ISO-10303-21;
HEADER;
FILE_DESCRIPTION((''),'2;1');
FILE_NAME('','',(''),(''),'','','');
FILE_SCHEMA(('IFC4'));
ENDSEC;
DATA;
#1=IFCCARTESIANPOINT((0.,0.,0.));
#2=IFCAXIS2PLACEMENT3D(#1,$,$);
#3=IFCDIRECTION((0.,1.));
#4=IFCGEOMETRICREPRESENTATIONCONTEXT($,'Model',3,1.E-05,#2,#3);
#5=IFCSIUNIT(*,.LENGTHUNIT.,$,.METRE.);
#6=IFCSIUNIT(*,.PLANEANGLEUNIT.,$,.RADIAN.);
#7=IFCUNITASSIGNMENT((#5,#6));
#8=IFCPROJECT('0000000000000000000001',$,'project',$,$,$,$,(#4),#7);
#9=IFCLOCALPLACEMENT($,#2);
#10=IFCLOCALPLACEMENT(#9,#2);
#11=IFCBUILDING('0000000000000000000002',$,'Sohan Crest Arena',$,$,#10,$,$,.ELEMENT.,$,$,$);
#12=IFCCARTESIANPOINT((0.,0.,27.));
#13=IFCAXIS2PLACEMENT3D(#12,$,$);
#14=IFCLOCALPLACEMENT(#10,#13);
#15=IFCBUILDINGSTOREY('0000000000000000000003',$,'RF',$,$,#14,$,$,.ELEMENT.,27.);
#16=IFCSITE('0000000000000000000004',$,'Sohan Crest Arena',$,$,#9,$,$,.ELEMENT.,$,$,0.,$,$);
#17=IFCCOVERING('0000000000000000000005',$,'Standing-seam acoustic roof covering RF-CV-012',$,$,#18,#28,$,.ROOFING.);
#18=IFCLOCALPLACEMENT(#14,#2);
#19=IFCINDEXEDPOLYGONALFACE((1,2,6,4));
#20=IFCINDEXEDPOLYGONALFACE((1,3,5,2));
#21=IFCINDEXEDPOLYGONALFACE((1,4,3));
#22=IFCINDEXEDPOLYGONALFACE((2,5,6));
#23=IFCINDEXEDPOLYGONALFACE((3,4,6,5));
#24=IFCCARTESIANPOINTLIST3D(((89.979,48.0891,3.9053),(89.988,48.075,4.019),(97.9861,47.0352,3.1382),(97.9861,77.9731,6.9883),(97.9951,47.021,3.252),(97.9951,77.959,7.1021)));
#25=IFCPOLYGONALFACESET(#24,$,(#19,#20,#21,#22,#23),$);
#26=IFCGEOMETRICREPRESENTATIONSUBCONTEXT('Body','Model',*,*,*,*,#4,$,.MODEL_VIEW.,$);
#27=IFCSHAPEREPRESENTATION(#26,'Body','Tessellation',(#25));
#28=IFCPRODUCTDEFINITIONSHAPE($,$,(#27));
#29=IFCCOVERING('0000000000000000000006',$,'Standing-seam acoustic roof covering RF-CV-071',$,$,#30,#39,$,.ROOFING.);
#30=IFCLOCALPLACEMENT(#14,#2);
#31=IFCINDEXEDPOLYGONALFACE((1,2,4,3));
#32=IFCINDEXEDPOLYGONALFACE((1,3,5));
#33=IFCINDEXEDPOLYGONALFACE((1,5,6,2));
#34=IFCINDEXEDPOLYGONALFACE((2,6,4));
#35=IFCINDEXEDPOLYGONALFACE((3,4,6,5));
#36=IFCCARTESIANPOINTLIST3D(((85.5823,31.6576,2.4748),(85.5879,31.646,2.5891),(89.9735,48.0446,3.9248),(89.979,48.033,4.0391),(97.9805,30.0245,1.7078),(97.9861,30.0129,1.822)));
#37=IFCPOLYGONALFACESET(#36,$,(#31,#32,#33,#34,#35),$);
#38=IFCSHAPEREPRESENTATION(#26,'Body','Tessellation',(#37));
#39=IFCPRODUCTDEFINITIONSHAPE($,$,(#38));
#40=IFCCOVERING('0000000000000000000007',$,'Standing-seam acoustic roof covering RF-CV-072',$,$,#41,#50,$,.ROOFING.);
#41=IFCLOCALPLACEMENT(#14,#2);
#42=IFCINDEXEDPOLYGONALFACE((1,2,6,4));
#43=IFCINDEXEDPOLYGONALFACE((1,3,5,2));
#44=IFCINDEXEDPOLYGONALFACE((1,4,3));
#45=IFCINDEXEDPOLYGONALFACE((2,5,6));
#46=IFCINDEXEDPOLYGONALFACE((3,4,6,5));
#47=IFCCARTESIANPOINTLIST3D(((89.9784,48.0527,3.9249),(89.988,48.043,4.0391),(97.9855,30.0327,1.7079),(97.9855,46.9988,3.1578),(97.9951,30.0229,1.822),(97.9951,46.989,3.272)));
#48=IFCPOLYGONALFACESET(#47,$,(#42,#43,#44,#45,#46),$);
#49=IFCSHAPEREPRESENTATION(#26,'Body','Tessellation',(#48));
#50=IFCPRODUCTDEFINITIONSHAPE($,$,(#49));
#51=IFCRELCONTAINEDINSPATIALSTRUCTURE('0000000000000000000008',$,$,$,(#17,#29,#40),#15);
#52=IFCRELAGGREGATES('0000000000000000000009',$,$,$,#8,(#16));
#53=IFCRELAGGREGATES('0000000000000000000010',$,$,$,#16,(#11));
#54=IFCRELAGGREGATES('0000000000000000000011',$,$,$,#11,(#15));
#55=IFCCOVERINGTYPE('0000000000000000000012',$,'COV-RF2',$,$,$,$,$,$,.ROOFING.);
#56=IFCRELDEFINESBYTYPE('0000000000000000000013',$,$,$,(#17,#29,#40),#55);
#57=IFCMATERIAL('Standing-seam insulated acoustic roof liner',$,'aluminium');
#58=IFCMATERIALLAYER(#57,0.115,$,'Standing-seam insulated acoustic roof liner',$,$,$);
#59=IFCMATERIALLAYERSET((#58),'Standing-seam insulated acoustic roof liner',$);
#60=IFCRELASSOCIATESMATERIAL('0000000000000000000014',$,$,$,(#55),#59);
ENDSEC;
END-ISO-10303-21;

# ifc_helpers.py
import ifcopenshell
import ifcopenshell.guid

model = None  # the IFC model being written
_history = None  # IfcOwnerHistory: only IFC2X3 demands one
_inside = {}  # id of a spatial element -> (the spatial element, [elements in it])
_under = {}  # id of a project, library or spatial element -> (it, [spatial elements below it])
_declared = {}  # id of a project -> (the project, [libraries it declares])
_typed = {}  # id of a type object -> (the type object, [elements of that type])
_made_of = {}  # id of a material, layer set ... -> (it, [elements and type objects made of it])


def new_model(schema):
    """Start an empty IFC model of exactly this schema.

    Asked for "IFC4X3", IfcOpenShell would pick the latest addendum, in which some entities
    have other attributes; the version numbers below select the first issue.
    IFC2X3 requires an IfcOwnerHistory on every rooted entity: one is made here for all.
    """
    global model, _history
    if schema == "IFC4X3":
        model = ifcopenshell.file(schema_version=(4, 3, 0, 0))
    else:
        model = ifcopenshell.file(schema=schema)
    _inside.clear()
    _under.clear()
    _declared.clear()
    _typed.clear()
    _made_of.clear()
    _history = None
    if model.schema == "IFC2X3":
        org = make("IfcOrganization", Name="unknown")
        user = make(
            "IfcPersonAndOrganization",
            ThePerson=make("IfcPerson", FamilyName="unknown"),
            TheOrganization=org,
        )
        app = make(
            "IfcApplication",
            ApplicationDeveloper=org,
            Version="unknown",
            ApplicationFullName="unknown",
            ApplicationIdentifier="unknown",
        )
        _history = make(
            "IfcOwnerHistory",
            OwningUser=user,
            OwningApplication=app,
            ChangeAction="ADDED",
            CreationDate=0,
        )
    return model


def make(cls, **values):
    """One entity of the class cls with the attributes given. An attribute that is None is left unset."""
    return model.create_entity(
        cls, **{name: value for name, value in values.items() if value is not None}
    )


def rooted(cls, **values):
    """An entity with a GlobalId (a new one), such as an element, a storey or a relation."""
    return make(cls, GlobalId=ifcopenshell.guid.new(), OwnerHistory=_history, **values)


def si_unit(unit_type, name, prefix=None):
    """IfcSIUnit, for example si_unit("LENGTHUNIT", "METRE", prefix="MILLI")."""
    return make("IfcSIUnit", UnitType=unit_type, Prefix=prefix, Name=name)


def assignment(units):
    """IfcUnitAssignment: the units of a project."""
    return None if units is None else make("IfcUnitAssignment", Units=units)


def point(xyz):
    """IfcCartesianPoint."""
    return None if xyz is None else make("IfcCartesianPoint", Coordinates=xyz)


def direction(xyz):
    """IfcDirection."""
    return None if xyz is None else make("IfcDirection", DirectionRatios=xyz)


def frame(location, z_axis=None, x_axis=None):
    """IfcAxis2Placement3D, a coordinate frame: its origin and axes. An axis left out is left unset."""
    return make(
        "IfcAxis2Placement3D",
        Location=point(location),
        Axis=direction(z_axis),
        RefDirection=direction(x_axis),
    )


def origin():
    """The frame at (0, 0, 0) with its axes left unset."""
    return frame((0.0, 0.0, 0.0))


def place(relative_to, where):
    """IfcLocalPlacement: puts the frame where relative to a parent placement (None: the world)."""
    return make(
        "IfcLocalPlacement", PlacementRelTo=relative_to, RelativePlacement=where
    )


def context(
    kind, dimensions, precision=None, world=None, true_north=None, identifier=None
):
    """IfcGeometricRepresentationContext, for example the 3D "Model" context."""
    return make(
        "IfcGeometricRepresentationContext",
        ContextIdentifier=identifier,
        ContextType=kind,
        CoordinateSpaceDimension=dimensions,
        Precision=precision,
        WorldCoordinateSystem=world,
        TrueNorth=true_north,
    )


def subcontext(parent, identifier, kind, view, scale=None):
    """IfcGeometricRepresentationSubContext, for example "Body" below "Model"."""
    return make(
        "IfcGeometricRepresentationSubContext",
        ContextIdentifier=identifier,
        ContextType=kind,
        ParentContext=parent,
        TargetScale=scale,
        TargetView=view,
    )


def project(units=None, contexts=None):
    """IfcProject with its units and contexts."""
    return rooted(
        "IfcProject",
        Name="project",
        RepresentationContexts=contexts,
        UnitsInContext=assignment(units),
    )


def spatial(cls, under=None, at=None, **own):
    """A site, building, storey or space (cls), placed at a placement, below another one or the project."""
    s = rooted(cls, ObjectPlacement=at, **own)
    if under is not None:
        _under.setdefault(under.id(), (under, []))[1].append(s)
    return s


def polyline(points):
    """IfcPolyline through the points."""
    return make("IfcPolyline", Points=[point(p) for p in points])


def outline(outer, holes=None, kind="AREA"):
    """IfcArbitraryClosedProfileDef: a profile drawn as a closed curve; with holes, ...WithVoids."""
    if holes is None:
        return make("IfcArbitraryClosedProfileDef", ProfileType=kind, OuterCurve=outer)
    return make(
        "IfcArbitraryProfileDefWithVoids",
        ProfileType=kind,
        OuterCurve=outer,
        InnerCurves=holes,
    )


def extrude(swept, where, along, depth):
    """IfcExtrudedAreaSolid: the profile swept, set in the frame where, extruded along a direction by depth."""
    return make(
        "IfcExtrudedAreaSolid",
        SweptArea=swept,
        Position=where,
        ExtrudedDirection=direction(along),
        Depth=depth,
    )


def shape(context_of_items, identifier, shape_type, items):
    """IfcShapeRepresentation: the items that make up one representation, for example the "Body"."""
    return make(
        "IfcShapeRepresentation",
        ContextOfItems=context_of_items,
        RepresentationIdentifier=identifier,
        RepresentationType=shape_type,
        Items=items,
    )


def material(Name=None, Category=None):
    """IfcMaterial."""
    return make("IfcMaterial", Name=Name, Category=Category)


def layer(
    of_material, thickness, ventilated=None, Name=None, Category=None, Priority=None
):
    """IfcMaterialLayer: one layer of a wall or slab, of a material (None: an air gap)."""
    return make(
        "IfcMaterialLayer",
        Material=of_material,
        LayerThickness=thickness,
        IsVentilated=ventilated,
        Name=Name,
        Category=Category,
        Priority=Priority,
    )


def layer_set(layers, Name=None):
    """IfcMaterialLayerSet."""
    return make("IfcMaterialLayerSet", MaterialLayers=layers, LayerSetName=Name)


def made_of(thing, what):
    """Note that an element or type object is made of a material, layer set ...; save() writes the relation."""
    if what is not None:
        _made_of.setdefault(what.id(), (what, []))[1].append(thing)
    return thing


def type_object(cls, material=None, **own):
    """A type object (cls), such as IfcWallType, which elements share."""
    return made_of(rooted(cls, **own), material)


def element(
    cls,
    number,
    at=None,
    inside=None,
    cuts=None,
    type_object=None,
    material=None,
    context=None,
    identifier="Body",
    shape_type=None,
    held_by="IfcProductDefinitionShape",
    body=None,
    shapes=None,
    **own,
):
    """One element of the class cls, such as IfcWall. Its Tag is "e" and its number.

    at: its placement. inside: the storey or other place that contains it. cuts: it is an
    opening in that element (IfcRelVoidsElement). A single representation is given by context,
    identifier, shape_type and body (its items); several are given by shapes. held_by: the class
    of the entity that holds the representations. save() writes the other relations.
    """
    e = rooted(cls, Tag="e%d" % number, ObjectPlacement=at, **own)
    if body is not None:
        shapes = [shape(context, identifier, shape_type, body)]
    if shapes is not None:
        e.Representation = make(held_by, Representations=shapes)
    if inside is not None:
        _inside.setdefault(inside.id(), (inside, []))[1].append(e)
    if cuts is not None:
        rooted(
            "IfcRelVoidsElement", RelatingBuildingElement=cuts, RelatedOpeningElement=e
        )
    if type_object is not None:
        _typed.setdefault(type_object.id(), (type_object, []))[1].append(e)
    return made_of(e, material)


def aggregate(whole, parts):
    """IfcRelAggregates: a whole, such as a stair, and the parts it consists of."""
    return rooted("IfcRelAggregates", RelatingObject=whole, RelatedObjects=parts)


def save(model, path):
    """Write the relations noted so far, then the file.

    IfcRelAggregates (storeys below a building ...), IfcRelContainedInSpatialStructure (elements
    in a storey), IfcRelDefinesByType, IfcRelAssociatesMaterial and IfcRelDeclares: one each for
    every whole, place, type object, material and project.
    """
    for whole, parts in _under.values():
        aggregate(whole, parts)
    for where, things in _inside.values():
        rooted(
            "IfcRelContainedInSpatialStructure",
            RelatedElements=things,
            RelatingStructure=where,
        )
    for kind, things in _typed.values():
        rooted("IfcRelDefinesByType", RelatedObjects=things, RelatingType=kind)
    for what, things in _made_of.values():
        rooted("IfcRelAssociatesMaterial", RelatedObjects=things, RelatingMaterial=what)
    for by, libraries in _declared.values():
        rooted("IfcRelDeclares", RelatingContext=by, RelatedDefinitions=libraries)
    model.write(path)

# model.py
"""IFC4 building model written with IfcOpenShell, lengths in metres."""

from ifc_helpers import new_model, si_unit, direction, frame, origin, place, context, subcontext, project, spatial, polyline, outline, extrude, material, layer, layer_set, type_object, element, save


model = new_model("IFC4")

# Units and contexts
model_context = context("Model", 3, precision=1e-05, world=origin(), true_north=direction((0.0, 1.0)))
body_context = subcontext(model_context, "Body", "Model", "MODEL_VIEW")
ifc_project = project(units=[si_unit("LENGTHUNIT", "METRE"), si_unit("PLANEANGLEUNIT", "RADIAN")], contexts=[model_context])

# Site, building, storey
site_placement = place(None, origin())
site = spatial("IfcSite", under=ifc_project, at=site_placement, Name="Sohan Crest Arena", CompositionType="ELEMENT", RefElevation=0.0)
building_placement = place(site_placement, origin())
building = spatial("IfcBuilding", under=site, at=building_placement, Name="Sohan Crest Arena", CompositionType="ELEMENT")
storey_placement = place(building_placement, frame((0.0, 0.0, 27.0)))
storey = spatial("IfcBuildingStorey", under=building, at=storey_placement, Name="RF", CompositionType="ELEMENT", Elevation=27.0)

# Coverings
ifc_material_1 = material(Name="Standing-seam insulated acoustic roof liner", Category="aluminium")
ifc_layer_1 = layer(ifc_material_1, 0.115, Name="Standing-seam insulated acoustic roof liner")
ifc_layer_set_1 = layer_set([ifc_layer_1], Name="Standing-seam insulated acoustic roof liner")
covering_type = type_object("IfcCoveringType", Name="COV-RF2", PredefinedType="ROOFING", material=ifc_layer_set_1)
covering_1_placement = place(storey_placement, frame((89.988, 48.075, 4.019), z_axis=(0.078569, -0.123111, 0.989278), x_axis=(0.987006, -0.129917, -0.094557)))
element("IfcCovering", 1, at=covering_1_placement, inside=storey, type_object=covering_type, Name="Standing-seam acoustic roof covering RF-CV-012", PredefinedType="ROOFING", context=body_context, shape_type="SweptSolid", body=[
    extrude(outline(polyline([(0.0, 0.0), (8.1125, 0.0), (3.7291, 30.8669), (0.0, 0.0)])), origin(), (0.0, 0.0, -1.0), 0.115),
])
covering_2_placement = place(storey_placement, frame((89.979, 48.033, 4.0391), z_axis=(0.048201, -0.100844, 0.993734), x_axis=(-0.257892, -0.962414, -0.085156)))
element("IfcCovering", 2, at=covering_2_placement, inside=storey, type_object=covering_type, Name="Standing-seam acoustic roof covering RF-CV-071", PredefinedType="ROOFING", context=body_context, shape_type="SweptSolid", body=[
    extrude(outline(polyline([(0.0, 0.0), (17.0269, 0.0), (15.4665, 12.4312), (0.0, 0.0)])), origin(), (0.0, 0.0, -1.0), 0.115),
])
covering_3_placement = place(storey_placement, frame((89.988, 48.043, 4.0391), z_axis=(0.083948, -0.084851, 0.992851), x_axis=(0.403519, -0.908124, -0.111728)))
element("IfcCovering", 3, at=covering_3_placement, inside=storey, type_object=covering_type, Name="Standing-seam acoustic roof covering RF-CV-072", PredefinedType="ROOFING", context=body_context, shape_type="SweptSolid", body=[
    extrude(outline(polyline([(0.0, 0.0), (19.8431, 0.0), (4.2738, 6.8954), (0.0, 0.0)])), origin(), (0.0, 0.0, -1.0), 0.115),
])

save(model, "model.ifc")
